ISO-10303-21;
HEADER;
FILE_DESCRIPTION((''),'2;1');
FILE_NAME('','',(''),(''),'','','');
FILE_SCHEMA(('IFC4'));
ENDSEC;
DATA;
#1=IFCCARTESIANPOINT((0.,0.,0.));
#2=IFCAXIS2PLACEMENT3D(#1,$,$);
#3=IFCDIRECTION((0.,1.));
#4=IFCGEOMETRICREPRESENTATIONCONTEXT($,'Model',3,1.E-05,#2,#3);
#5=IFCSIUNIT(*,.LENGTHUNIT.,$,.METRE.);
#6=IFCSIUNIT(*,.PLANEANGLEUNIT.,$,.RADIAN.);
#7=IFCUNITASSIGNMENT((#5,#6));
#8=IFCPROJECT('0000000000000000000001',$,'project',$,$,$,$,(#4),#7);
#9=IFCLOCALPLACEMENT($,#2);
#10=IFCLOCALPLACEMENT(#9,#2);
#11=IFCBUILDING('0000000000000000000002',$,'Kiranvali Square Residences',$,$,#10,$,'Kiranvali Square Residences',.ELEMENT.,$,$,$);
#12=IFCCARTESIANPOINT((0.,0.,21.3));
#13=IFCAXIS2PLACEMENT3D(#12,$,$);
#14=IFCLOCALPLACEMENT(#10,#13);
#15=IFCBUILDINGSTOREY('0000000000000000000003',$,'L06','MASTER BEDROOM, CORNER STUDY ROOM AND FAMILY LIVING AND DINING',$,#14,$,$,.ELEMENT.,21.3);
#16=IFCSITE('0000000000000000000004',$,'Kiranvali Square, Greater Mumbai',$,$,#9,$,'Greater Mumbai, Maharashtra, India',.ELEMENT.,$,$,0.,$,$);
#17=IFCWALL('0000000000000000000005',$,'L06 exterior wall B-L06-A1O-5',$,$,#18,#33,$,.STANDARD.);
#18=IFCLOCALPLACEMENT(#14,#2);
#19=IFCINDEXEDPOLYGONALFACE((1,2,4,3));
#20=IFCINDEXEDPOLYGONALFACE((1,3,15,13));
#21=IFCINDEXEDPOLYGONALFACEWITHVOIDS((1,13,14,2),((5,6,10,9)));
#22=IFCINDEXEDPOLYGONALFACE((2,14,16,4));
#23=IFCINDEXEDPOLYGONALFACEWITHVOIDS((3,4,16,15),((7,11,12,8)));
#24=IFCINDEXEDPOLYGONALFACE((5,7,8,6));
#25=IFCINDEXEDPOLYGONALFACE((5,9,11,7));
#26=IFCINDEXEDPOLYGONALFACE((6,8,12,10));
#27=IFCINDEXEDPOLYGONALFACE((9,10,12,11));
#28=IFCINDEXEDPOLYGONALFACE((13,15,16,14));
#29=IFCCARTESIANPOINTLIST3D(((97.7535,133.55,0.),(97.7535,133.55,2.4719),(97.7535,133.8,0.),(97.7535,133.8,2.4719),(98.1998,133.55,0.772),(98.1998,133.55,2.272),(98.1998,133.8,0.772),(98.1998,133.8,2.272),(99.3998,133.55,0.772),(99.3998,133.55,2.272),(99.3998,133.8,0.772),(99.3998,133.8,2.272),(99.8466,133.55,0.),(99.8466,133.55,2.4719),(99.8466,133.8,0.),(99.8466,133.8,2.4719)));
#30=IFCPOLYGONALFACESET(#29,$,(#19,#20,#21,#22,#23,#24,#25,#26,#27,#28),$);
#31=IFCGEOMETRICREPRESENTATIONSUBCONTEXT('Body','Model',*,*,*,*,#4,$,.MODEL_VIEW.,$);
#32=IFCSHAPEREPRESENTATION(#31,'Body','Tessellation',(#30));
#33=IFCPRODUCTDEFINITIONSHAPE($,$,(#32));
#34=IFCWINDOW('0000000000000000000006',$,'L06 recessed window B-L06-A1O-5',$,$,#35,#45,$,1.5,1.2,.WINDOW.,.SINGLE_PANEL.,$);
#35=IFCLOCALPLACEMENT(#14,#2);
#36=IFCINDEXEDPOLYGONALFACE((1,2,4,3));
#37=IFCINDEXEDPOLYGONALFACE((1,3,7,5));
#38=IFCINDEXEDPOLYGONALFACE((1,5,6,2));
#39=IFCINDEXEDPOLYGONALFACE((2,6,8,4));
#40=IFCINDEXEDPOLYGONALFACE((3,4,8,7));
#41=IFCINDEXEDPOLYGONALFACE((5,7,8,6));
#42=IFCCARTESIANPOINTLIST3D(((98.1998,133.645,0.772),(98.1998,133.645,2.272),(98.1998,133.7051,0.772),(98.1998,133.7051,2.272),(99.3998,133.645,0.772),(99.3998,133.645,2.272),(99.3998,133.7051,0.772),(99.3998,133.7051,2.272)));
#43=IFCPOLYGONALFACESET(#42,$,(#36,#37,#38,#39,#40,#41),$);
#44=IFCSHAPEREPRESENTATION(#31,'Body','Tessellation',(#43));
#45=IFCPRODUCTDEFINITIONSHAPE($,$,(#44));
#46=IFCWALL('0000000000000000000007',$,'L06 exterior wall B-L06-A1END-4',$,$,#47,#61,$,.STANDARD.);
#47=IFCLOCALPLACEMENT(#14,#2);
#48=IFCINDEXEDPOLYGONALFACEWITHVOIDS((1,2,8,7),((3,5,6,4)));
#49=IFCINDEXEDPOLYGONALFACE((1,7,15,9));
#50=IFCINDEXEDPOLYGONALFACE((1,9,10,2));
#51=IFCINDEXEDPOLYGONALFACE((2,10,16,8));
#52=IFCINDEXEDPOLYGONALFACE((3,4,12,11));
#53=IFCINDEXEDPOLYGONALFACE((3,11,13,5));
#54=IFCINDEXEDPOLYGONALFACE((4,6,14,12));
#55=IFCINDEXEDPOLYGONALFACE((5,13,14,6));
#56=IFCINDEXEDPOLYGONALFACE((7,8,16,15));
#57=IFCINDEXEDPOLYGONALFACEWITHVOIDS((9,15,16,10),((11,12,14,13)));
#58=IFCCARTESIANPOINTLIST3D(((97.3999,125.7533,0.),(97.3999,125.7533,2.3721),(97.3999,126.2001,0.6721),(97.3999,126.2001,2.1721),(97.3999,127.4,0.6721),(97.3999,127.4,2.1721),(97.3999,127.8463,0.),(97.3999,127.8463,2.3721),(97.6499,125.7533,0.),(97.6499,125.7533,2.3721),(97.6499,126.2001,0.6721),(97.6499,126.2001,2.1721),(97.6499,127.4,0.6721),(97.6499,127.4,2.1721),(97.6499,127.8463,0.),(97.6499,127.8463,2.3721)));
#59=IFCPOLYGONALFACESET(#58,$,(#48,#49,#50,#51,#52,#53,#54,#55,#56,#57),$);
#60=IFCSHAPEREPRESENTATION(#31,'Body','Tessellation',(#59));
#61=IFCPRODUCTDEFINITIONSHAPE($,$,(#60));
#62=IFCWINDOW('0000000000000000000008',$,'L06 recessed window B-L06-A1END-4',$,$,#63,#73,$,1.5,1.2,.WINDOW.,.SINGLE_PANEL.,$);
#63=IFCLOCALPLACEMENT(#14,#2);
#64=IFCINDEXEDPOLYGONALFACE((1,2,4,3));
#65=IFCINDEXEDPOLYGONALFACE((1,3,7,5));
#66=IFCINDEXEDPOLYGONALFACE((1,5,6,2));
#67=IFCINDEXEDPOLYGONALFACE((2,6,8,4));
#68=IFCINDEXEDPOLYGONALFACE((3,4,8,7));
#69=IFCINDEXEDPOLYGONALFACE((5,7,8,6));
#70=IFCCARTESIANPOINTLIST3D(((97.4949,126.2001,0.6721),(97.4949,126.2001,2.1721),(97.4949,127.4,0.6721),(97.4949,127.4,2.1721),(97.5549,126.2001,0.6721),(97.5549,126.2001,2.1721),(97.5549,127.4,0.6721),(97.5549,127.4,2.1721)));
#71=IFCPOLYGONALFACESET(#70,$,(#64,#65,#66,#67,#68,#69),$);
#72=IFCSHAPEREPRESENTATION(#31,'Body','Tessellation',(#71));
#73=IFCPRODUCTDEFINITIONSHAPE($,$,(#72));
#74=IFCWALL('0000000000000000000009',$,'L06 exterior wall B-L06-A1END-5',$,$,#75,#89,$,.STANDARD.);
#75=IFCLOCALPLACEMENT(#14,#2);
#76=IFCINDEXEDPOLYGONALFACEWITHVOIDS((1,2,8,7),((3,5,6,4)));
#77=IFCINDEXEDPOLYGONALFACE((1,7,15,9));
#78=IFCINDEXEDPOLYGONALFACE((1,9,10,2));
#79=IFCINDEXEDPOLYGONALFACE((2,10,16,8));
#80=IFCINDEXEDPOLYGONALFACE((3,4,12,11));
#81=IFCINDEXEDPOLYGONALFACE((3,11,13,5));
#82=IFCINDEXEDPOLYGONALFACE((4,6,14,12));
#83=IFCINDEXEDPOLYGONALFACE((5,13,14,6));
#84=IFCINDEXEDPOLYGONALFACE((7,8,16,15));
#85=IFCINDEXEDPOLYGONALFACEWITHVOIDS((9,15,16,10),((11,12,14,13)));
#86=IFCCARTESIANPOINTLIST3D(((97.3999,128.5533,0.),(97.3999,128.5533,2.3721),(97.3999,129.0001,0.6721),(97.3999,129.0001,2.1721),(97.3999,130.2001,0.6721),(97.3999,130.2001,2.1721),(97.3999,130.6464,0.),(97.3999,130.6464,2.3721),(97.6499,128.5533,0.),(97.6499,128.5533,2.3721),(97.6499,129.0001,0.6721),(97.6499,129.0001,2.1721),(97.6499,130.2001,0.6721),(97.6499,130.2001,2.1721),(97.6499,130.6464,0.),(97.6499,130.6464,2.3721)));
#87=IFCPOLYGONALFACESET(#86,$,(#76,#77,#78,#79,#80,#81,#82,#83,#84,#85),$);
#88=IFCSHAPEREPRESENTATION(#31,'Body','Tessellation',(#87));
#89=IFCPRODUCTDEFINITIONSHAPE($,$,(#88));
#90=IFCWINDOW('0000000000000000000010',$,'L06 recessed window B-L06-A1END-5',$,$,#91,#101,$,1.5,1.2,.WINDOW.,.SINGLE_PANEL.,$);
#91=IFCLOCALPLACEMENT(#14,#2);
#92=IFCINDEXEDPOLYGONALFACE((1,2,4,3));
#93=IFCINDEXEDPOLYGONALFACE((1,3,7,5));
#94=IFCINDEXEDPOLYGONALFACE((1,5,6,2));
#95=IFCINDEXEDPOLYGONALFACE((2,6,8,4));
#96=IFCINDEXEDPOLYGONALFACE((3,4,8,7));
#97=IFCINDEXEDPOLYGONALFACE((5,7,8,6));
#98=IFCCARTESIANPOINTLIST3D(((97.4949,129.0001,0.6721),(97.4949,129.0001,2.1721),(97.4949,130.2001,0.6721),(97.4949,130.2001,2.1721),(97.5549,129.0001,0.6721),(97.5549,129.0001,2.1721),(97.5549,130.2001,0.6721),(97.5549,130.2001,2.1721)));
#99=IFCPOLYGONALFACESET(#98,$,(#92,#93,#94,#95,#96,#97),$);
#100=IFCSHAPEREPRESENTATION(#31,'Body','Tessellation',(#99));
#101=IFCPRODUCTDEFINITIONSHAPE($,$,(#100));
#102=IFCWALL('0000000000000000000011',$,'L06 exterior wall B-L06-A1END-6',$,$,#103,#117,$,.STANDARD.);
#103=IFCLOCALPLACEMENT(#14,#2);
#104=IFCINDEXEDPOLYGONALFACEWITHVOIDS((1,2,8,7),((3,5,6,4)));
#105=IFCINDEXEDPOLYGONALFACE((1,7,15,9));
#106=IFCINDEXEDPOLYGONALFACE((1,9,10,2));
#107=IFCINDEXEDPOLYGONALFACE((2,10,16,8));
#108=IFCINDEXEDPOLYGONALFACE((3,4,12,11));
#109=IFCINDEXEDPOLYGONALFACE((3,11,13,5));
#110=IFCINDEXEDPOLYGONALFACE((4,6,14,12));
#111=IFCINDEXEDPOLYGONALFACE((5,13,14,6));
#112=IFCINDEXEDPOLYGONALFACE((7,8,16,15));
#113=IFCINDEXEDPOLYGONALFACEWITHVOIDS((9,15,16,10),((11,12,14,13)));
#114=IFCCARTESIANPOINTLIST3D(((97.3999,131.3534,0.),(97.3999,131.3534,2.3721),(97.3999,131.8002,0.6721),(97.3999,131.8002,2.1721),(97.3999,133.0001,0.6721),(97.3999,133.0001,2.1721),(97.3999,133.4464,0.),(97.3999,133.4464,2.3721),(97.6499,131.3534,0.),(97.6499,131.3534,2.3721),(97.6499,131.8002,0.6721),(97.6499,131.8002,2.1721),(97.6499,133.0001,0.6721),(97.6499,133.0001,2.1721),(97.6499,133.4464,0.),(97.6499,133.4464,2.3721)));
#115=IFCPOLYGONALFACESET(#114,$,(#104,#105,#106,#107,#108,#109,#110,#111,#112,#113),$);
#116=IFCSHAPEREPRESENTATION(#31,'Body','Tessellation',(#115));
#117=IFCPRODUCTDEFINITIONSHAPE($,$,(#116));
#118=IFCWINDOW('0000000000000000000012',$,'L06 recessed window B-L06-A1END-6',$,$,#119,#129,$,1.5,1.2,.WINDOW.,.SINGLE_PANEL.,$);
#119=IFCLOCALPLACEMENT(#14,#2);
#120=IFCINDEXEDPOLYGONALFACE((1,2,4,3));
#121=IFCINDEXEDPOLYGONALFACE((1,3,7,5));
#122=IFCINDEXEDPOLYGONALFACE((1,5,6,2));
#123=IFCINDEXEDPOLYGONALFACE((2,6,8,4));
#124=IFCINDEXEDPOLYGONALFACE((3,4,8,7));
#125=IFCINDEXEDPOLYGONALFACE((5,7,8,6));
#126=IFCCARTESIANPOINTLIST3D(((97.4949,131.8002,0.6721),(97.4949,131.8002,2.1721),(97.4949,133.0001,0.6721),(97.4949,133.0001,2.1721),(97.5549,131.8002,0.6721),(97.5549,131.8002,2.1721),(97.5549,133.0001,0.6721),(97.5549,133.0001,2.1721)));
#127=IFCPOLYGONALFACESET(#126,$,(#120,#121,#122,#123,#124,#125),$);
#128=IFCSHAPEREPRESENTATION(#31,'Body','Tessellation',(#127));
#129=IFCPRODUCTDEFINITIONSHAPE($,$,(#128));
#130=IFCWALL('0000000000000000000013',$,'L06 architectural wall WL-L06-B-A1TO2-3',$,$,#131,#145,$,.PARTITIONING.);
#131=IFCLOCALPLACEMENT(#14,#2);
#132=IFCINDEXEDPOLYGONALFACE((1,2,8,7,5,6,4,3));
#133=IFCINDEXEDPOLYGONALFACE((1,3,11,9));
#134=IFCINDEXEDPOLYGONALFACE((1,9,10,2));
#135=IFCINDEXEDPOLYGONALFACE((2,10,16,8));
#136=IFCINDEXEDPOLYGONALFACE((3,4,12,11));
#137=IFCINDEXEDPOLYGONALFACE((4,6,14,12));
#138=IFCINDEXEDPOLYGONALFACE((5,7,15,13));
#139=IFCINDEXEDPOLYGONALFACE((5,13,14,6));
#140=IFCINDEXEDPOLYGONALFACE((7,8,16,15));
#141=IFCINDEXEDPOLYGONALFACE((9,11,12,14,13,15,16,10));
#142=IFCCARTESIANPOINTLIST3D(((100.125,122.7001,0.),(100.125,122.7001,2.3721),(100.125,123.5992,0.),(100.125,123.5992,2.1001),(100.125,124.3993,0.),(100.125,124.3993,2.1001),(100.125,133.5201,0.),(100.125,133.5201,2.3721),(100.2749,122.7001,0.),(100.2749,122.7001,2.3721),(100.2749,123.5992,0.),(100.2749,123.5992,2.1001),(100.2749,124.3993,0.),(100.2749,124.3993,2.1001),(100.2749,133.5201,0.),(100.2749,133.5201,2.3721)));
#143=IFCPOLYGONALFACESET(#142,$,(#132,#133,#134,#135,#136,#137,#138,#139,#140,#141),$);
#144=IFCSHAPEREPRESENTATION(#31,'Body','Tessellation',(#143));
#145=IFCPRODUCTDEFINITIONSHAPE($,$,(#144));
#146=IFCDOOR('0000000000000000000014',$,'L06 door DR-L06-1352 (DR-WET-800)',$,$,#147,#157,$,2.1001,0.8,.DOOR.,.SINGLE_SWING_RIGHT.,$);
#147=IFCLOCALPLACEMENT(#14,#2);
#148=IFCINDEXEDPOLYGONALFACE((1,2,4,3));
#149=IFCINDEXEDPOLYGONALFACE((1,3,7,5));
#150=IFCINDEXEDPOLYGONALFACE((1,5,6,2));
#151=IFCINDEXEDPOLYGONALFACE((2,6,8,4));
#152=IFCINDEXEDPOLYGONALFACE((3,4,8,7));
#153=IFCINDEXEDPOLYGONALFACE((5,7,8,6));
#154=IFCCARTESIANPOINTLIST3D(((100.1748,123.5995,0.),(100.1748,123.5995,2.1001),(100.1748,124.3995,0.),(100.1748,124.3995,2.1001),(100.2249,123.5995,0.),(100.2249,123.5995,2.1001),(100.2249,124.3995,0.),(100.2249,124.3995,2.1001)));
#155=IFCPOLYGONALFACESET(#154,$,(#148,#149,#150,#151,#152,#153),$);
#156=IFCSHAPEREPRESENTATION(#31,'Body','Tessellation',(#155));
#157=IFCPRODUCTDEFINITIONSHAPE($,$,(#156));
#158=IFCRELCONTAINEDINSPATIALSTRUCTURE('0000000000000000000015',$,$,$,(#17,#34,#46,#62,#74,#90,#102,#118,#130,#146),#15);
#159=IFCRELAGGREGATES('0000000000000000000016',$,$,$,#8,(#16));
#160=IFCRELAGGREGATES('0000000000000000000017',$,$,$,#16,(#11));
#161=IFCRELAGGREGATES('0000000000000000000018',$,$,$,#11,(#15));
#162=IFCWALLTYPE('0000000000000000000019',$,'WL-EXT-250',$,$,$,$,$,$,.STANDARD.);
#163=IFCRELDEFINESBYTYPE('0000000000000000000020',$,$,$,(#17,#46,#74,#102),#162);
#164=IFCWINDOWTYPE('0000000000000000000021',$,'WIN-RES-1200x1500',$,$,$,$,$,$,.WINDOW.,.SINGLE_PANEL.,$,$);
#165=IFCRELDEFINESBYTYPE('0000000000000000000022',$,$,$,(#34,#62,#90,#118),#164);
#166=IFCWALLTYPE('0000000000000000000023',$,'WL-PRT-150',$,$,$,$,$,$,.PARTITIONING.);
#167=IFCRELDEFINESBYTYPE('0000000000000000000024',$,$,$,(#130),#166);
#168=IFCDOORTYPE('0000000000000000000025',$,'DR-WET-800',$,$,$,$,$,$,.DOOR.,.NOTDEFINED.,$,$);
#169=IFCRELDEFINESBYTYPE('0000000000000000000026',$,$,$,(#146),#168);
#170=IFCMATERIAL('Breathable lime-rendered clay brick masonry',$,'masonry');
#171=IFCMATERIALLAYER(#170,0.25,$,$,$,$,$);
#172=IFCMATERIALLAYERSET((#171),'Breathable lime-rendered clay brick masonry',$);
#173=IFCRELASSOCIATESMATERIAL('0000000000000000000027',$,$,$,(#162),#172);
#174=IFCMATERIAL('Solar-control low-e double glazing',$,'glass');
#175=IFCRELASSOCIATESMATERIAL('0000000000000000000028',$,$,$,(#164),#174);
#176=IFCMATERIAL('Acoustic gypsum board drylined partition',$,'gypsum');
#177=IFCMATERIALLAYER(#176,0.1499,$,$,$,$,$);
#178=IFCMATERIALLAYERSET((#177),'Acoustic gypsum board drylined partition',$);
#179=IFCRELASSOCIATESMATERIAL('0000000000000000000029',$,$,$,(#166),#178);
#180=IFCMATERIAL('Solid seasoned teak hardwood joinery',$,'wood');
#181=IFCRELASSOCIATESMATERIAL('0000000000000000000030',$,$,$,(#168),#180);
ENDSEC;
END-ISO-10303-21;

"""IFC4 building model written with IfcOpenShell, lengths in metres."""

from ifc_helpers import new_model, si_unit, direction, frame, frame_2d, origin, place, context, subcontext, project, spatial, rectangle, extrude, material, layer, layer_set, type_object, element, fill, save


model = new_model("IFC4")

# Units and contexts
model_context = context("Model", 3, precision=1e-05, world=origin(), true_north=direction((0.0, 1.0)))
body_context = subcontext(model_context, "Body", "Model", "MODEL_VIEW")
ifc_project = project(units=[si_unit("LENGTHUNIT", "METRE"), si_unit("PLANEANGLEUNIT", "RADIAN")], contexts=[model_context])

# Site, building, storey
site_placement = place(None, origin())
site = spatial("IfcSite", under=ifc_project, at=site_placement, Name="Kiranvali Square, Greater Mumbai", LongName="Greater Mumbai, Maharashtra, India", CompositionType="ELEMENT", RefElevation=0.0)
building_placement = place(site_placement, origin())
building = spatial("IfcBuilding", under=site, at=building_placement, Name="Kiranvali Square Residences", LongName="Kiranvali Square Residences", CompositionType="ELEMENT")
storey_placement = place(building_placement, frame((0.0, 0.0, 21.3)))
storey = spatial("IfcBuildingStorey", under=building, at=storey_placement, Name="L06", Description="MASTER BEDROOM, CORNER STUDY ROOM AND FAMILY LIVING AND DINING", CompositionType="ELEMENT", Elevation=21.3)

# Walls, openings, windows
ifc_material_1 = material(Name="Breathable lime-rendered clay brick masonry", Category="masonry")
ifc_layer_1 = layer(ifc_material_1, 0.25)
ifc_layer_set_1 = layer_set([ifc_layer_1], Name="Breathable lime-rendered clay brick masonry")
wall_type_1 = type_object("IfcWallType", Name="WL-EXT-250", PredefinedType="STANDARD", material=ifc_layer_set_1)
ifc_material_2 = material(Name="Solar-control low-e double glazing", Category="glass")
wall_1_placement = place(storey_placement, frame((99.8464, 133.675, 0.0), z_axis=(0.0, 0.0, 1.0), x_axis=(-1.0, 0.0, 0.0)))
wall_1 = element("IfcWall", 1, at=wall_1_placement, inside=storey, type_object=wall_type_1, Name="L06 exterior wall B-L06-A1O-5", PredefinedType="STANDARD", context=body_context, shape_type="SweptSolid", body=[
    extrude(rectangle(XDim=2.093, YDim=0.25, at=frame_2d((1.0464, 0.0))), origin(), (0.0, 0.0, 1.0), 2.4719),
])
opening_1_placement = place(wall_1_placement, frame((0.4465, 0.0, 0.772)))
opening_1 = element("IfcOpeningElement", 2, at=opening_1_placement, cuts=wall_1, PredefinedType="OPENING", context=body_context, shape_type="SweptSolid", body=[
    extrude(rectangle(XDim=1.2, YDim=1.5, at=frame_2d((0.6001, 0.75))), frame((0.0, 0.135, 0.0), z_axis=(0.0, -1.0, 0.0), x_axis=(1.0, 0.0, 0.0)), (0.0, 0.0, 1.0), 0.27),
])
window_type_1 = type_object("IfcWindowType", Name="WIN-RES-1200x1500", PartitioningType="SINGLE_PANEL", PredefinedType="WINDOW", material=ifc_material_2)
window_1_placement = place(opening_1_placement, origin())
window_1 = element("IfcWindow", 3, at=window_1_placement, inside=storey, type_object=window_type_1, Name="L06 recessed window B-L06-A1O-5", OverallHeight=1.5, OverallWidth=1.2, PartitioningType="SINGLE_PANEL", PredefinedType="WINDOW", context=body_context, shape_type="SweptSolid", body=[
    extrude(rectangle(XDim=1.2, YDim=1.5, at=frame_2d((0.6001, 0.75))), frame((0.0, 0.03, 0.0), z_axis=(0.0, -1.0, 0.0), x_axis=(1.0, 0.0, 0.0)), (0.0, 0.0, 1.0), 0.0601),
])
fill(opening_1, window_1)
wall_2_placement = place(storey_placement, frame((97.5249, 125.7534, 0.0), z_axis=(0.0, 0.0, 1.0), x_axis=(0.0, 1.0, 0.0)))
wall_2 = element("IfcWall", 4, at=wall_2_placement, inside=storey, type_object=wall_type_1, Name="L06 exterior wall B-L06-A1END-4", PredefinedType="STANDARD", context=body_context, shape_type="SweptSolid", body=[
    extrude(rectangle(XDim=2.093, YDim=0.25, at=frame_2d((1.0464, 0.0))), origin(), (0.0, 0.0, 1.0), 2.3721),
])
opening_2_placement = place(wall_2_placement, frame((0.4465, 0.0, 0.6721)))
opening_2 = element("IfcOpeningElement", 5, at=opening_2_placement, cuts=wall_2, PredefinedType="OPENING", context=body_context, shape_type="SweptSolid", body=[
    extrude(rectangle(XDim=1.2, YDim=1.5, at=frame_2d((0.6001, 0.75))), frame((0.0, 0.135, 0.0), z_axis=(0.0, -1.0, 0.0), x_axis=(1.0, 0.0, 0.0)), (0.0, 0.0, 1.0), 0.27),
])
window_2_placement = place(opening_2_placement, origin())
window_2 = element("IfcWindow", 6, at=window_2_placement, inside=storey, type_object=window_type_1, Name="L06 recessed window B-L06-A1END-4", OverallHeight=1.5, OverallWidth=1.2, PartitioningType="SINGLE_PANEL", PredefinedType="WINDOW", context=body_context, shape_type="SweptSolid", body=[
    extrude(rectangle(XDim=1.2, YDim=1.5, at=frame_2d((0.6001, 0.75))), frame((0.0, 0.03, 0.0), z_axis=(0.0, -1.0, 0.0), x_axis=(1.0, 0.0, 0.0)), (0.0, 0.0, 1.0), 0.0601),
])
fill(opening_2, window_2)
wall_3_placement = place(storey_placement, frame((97.5249, 128.5535, 0.0), z_axis=(0.0, 0.0, 1.0), x_axis=(0.0, 1.0, 0.0)))
wall_3 = element("IfcWall", 7, at=wall_3_placement, inside=storey, type_object=wall_type_1, Name="L06 exterior wall B-L06-A1END-5", PredefinedType="STANDARD", context=body_context, shape_type="SweptSolid", body=[
    extrude(rectangle(XDim=2.093, YDim=0.25, at=frame_2d((1.0464, 0.0))), origin(), (0.0, 0.0, 1.0), 2.3721),
])
opening_3_placement = place(wall_3_placement, frame((0.4465, 0.0, 0.6721)))
opening_3 = element("IfcOpeningElement", 8, at=opening_3_placement, cuts=wall_3, PredefinedType="OPENING", context=body_context, shape_type="SweptSolid", body=[
    extrude(rectangle(XDim=1.2, YDim=1.5, at=frame_2d((0.6001, 0.75))), frame((0.0, 0.135, 0.0), z_axis=(0.0, -1.0, 0.0), x_axis=(1.0, 0.0, 0.0)), (0.0, 0.0, 1.0), 0.27),
])
window_3_placement = place(opening_3_placement, origin())
window_3 = element("IfcWindow", 9, at=window_3_placement, inside=storey, type_object=window_type_1, Name="L06 recessed window B-L06-A1END-5", OverallHeight=1.5, OverallWidth=1.2, PartitioningType="SINGLE_PANEL", PredefinedType="WINDOW", context=body_context, shape_type="SweptSolid", body=[
    extrude(rectangle(XDim=1.2, YDim=1.5, at=frame_2d((0.6001, 0.75))), frame((0.0, 0.03, 0.0), z_axis=(0.0, -1.0, 0.0), x_axis=(1.0, 0.0, 0.0)), (0.0, 0.0, 1.0), 0.0601),
])
fill(opening_3, window_3)
wall_4_placement = place(storey_placement, frame((97.5249, 131.3535, 0.0), z_axis=(0.0, 0.0, 1.0), x_axis=(0.0, 1.0, 0.0)))
wall_4 = element("IfcWall", 10, at=wall_4_placement, inside=storey, type_object=wall_type_1, Name="L06 exterior wall B-L06-A1END-6", PredefinedType="STANDARD", context=body_context, shape_type="SweptSolid", body=[
    extrude(rectangle(XDim=2.093, YDim=0.25, at=frame_2d((1.0464, 0.0))), origin(), (0.0, 0.0, 1.0), 2.3721),
])
opening_4_placement = place(wall_4_placement, frame((0.4465, 0.0, 0.6721)))
opening_4 = element("IfcOpeningElement", 11, at=opening_4_placement, cuts=wall_4, PredefinedType="OPENING", context=body_context, shape_type="SweptSolid", body=[
    extrude(rectangle(XDim=1.2, YDim=1.5, at=frame_2d((0.6001, 0.75))), frame((0.0, 0.135, 0.0), z_axis=(0.0, -1.0, 0.0), x_axis=(1.0, 0.0, 0.0)), (0.0, 0.0, 1.0), 0.27),
])
window_4_placement = place(opening_4_placement, origin())
window_4 = element("IfcWindow", 12, at=window_4_placement, inside=storey, type_object=window_type_1, Name="L06 recessed window B-L06-A1END-6", OverallHeight=1.5, OverallWidth=1.2, PartitioningType="SINGLE_PANEL", PredefinedType="WINDOW", context=body_context, shape_type="SweptSolid", body=[
    extrude(rectangle(XDim=1.2, YDim=1.5, at=frame_2d((0.6001, 0.75))), frame((0.0, 0.03, 0.0), z_axis=(0.0, -1.0, 0.0), x_axis=(1.0, 0.0, 0.0)), (0.0, 0.0, 1.0), 0.0601),
])
fill(opening_4, window_4)

# Wall, opening, door
ifc_material_3 = material(Name="Acoustic gypsum board drylined partition", Category="gypsum")
ifc_layer_2 = layer(ifc_material_3, 0.1499)
ifc_layer_set_2 = layer_set([ifc_layer_2], Name="Acoustic gypsum board drylined partition")
wall_type_2 = type_object("IfcWallType", Name="WL-PRT-150", PredefinedType="PARTITIONING", material=ifc_layer_set_2)
wall_5_placement = place(storey_placement, frame((100.2, 122.7, 0.0), z_axis=(0.0, 0.0, 1.0), x_axis=(0.0, 1.0, 0.0)))
wall_5 = element("IfcWall", 13, at=wall_5_placement, inside=storey, type_object=wall_type_2, Name="L06 architectural wall WL-L06-B-A1TO2-3", PredefinedType="PARTITIONING", context=body_context, shape_type="SweptSolid", body=[
    extrude(rectangle(XDim=10.8201, YDim=0.1499, at=frame_2d((5.4102, 0.0))), origin(), (0.0, 0.0, 1.0), 2.3721),
])
opening_5_placement = place(wall_5_placement, frame((0.8994, 0.0, 0.0)))
opening_5 = element("IfcOpeningElement", 14, at=opening_5_placement, cuts=wall_5, PredefinedType="OPENING", context=body_context, shape_type="SweptSolid", body=[
    extrude(rectangle(XDim=0.8, YDim=2.1001, at=frame_2d((0.3999, 1.05))), frame((0.0, 0.085, 0.0), z_axis=(0.0, -1.0, 0.0), x_axis=(1.0, 0.0, 0.0)), (0.0, 0.0, 1.0), 0.1699),
])
ifc_material_4 = material(Name="Solid seasoned teak hardwood joinery", Category="wood")
door_type_1 = type_object("IfcDoorType", Name="DR-WET-800", OperationType="NOTDEFINED", PredefinedType="DOOR", material=ifc_material_4)
door_1_placement = place(opening_5_placement, frame((0.8, 0.0, 0.0), z_axis=(0.0, 0.0, 1.0), x_axis=(-1.0, 0.0, 0.0)))
door_1 = element("IfcDoor", 15, at=door_1_placement, inside=storey, type_object=door_type_1, Name="L06 door DR-L06-1352 (DR-WET-800)", OperationType="SINGLE_SWING_RIGHT", OverallHeight=2.1001, OverallWidth=0.8, PredefinedType="DOOR", context=body_context, shape_type="SweptSolid", body=[
    extrude(rectangle(XDim=0.8, YDim=2.1001, at=frame_2d((0.3999, 1.05))), frame((0.0, 0.0249, 0.0), z_axis=(0.0, -1.0, 0.0), x_axis=(1.0, 0.0, 0.0)), (0.0, 0.0, 1.0), 0.05),
])
fill(opening_5, door_1)

save(model, "model.ifc")
